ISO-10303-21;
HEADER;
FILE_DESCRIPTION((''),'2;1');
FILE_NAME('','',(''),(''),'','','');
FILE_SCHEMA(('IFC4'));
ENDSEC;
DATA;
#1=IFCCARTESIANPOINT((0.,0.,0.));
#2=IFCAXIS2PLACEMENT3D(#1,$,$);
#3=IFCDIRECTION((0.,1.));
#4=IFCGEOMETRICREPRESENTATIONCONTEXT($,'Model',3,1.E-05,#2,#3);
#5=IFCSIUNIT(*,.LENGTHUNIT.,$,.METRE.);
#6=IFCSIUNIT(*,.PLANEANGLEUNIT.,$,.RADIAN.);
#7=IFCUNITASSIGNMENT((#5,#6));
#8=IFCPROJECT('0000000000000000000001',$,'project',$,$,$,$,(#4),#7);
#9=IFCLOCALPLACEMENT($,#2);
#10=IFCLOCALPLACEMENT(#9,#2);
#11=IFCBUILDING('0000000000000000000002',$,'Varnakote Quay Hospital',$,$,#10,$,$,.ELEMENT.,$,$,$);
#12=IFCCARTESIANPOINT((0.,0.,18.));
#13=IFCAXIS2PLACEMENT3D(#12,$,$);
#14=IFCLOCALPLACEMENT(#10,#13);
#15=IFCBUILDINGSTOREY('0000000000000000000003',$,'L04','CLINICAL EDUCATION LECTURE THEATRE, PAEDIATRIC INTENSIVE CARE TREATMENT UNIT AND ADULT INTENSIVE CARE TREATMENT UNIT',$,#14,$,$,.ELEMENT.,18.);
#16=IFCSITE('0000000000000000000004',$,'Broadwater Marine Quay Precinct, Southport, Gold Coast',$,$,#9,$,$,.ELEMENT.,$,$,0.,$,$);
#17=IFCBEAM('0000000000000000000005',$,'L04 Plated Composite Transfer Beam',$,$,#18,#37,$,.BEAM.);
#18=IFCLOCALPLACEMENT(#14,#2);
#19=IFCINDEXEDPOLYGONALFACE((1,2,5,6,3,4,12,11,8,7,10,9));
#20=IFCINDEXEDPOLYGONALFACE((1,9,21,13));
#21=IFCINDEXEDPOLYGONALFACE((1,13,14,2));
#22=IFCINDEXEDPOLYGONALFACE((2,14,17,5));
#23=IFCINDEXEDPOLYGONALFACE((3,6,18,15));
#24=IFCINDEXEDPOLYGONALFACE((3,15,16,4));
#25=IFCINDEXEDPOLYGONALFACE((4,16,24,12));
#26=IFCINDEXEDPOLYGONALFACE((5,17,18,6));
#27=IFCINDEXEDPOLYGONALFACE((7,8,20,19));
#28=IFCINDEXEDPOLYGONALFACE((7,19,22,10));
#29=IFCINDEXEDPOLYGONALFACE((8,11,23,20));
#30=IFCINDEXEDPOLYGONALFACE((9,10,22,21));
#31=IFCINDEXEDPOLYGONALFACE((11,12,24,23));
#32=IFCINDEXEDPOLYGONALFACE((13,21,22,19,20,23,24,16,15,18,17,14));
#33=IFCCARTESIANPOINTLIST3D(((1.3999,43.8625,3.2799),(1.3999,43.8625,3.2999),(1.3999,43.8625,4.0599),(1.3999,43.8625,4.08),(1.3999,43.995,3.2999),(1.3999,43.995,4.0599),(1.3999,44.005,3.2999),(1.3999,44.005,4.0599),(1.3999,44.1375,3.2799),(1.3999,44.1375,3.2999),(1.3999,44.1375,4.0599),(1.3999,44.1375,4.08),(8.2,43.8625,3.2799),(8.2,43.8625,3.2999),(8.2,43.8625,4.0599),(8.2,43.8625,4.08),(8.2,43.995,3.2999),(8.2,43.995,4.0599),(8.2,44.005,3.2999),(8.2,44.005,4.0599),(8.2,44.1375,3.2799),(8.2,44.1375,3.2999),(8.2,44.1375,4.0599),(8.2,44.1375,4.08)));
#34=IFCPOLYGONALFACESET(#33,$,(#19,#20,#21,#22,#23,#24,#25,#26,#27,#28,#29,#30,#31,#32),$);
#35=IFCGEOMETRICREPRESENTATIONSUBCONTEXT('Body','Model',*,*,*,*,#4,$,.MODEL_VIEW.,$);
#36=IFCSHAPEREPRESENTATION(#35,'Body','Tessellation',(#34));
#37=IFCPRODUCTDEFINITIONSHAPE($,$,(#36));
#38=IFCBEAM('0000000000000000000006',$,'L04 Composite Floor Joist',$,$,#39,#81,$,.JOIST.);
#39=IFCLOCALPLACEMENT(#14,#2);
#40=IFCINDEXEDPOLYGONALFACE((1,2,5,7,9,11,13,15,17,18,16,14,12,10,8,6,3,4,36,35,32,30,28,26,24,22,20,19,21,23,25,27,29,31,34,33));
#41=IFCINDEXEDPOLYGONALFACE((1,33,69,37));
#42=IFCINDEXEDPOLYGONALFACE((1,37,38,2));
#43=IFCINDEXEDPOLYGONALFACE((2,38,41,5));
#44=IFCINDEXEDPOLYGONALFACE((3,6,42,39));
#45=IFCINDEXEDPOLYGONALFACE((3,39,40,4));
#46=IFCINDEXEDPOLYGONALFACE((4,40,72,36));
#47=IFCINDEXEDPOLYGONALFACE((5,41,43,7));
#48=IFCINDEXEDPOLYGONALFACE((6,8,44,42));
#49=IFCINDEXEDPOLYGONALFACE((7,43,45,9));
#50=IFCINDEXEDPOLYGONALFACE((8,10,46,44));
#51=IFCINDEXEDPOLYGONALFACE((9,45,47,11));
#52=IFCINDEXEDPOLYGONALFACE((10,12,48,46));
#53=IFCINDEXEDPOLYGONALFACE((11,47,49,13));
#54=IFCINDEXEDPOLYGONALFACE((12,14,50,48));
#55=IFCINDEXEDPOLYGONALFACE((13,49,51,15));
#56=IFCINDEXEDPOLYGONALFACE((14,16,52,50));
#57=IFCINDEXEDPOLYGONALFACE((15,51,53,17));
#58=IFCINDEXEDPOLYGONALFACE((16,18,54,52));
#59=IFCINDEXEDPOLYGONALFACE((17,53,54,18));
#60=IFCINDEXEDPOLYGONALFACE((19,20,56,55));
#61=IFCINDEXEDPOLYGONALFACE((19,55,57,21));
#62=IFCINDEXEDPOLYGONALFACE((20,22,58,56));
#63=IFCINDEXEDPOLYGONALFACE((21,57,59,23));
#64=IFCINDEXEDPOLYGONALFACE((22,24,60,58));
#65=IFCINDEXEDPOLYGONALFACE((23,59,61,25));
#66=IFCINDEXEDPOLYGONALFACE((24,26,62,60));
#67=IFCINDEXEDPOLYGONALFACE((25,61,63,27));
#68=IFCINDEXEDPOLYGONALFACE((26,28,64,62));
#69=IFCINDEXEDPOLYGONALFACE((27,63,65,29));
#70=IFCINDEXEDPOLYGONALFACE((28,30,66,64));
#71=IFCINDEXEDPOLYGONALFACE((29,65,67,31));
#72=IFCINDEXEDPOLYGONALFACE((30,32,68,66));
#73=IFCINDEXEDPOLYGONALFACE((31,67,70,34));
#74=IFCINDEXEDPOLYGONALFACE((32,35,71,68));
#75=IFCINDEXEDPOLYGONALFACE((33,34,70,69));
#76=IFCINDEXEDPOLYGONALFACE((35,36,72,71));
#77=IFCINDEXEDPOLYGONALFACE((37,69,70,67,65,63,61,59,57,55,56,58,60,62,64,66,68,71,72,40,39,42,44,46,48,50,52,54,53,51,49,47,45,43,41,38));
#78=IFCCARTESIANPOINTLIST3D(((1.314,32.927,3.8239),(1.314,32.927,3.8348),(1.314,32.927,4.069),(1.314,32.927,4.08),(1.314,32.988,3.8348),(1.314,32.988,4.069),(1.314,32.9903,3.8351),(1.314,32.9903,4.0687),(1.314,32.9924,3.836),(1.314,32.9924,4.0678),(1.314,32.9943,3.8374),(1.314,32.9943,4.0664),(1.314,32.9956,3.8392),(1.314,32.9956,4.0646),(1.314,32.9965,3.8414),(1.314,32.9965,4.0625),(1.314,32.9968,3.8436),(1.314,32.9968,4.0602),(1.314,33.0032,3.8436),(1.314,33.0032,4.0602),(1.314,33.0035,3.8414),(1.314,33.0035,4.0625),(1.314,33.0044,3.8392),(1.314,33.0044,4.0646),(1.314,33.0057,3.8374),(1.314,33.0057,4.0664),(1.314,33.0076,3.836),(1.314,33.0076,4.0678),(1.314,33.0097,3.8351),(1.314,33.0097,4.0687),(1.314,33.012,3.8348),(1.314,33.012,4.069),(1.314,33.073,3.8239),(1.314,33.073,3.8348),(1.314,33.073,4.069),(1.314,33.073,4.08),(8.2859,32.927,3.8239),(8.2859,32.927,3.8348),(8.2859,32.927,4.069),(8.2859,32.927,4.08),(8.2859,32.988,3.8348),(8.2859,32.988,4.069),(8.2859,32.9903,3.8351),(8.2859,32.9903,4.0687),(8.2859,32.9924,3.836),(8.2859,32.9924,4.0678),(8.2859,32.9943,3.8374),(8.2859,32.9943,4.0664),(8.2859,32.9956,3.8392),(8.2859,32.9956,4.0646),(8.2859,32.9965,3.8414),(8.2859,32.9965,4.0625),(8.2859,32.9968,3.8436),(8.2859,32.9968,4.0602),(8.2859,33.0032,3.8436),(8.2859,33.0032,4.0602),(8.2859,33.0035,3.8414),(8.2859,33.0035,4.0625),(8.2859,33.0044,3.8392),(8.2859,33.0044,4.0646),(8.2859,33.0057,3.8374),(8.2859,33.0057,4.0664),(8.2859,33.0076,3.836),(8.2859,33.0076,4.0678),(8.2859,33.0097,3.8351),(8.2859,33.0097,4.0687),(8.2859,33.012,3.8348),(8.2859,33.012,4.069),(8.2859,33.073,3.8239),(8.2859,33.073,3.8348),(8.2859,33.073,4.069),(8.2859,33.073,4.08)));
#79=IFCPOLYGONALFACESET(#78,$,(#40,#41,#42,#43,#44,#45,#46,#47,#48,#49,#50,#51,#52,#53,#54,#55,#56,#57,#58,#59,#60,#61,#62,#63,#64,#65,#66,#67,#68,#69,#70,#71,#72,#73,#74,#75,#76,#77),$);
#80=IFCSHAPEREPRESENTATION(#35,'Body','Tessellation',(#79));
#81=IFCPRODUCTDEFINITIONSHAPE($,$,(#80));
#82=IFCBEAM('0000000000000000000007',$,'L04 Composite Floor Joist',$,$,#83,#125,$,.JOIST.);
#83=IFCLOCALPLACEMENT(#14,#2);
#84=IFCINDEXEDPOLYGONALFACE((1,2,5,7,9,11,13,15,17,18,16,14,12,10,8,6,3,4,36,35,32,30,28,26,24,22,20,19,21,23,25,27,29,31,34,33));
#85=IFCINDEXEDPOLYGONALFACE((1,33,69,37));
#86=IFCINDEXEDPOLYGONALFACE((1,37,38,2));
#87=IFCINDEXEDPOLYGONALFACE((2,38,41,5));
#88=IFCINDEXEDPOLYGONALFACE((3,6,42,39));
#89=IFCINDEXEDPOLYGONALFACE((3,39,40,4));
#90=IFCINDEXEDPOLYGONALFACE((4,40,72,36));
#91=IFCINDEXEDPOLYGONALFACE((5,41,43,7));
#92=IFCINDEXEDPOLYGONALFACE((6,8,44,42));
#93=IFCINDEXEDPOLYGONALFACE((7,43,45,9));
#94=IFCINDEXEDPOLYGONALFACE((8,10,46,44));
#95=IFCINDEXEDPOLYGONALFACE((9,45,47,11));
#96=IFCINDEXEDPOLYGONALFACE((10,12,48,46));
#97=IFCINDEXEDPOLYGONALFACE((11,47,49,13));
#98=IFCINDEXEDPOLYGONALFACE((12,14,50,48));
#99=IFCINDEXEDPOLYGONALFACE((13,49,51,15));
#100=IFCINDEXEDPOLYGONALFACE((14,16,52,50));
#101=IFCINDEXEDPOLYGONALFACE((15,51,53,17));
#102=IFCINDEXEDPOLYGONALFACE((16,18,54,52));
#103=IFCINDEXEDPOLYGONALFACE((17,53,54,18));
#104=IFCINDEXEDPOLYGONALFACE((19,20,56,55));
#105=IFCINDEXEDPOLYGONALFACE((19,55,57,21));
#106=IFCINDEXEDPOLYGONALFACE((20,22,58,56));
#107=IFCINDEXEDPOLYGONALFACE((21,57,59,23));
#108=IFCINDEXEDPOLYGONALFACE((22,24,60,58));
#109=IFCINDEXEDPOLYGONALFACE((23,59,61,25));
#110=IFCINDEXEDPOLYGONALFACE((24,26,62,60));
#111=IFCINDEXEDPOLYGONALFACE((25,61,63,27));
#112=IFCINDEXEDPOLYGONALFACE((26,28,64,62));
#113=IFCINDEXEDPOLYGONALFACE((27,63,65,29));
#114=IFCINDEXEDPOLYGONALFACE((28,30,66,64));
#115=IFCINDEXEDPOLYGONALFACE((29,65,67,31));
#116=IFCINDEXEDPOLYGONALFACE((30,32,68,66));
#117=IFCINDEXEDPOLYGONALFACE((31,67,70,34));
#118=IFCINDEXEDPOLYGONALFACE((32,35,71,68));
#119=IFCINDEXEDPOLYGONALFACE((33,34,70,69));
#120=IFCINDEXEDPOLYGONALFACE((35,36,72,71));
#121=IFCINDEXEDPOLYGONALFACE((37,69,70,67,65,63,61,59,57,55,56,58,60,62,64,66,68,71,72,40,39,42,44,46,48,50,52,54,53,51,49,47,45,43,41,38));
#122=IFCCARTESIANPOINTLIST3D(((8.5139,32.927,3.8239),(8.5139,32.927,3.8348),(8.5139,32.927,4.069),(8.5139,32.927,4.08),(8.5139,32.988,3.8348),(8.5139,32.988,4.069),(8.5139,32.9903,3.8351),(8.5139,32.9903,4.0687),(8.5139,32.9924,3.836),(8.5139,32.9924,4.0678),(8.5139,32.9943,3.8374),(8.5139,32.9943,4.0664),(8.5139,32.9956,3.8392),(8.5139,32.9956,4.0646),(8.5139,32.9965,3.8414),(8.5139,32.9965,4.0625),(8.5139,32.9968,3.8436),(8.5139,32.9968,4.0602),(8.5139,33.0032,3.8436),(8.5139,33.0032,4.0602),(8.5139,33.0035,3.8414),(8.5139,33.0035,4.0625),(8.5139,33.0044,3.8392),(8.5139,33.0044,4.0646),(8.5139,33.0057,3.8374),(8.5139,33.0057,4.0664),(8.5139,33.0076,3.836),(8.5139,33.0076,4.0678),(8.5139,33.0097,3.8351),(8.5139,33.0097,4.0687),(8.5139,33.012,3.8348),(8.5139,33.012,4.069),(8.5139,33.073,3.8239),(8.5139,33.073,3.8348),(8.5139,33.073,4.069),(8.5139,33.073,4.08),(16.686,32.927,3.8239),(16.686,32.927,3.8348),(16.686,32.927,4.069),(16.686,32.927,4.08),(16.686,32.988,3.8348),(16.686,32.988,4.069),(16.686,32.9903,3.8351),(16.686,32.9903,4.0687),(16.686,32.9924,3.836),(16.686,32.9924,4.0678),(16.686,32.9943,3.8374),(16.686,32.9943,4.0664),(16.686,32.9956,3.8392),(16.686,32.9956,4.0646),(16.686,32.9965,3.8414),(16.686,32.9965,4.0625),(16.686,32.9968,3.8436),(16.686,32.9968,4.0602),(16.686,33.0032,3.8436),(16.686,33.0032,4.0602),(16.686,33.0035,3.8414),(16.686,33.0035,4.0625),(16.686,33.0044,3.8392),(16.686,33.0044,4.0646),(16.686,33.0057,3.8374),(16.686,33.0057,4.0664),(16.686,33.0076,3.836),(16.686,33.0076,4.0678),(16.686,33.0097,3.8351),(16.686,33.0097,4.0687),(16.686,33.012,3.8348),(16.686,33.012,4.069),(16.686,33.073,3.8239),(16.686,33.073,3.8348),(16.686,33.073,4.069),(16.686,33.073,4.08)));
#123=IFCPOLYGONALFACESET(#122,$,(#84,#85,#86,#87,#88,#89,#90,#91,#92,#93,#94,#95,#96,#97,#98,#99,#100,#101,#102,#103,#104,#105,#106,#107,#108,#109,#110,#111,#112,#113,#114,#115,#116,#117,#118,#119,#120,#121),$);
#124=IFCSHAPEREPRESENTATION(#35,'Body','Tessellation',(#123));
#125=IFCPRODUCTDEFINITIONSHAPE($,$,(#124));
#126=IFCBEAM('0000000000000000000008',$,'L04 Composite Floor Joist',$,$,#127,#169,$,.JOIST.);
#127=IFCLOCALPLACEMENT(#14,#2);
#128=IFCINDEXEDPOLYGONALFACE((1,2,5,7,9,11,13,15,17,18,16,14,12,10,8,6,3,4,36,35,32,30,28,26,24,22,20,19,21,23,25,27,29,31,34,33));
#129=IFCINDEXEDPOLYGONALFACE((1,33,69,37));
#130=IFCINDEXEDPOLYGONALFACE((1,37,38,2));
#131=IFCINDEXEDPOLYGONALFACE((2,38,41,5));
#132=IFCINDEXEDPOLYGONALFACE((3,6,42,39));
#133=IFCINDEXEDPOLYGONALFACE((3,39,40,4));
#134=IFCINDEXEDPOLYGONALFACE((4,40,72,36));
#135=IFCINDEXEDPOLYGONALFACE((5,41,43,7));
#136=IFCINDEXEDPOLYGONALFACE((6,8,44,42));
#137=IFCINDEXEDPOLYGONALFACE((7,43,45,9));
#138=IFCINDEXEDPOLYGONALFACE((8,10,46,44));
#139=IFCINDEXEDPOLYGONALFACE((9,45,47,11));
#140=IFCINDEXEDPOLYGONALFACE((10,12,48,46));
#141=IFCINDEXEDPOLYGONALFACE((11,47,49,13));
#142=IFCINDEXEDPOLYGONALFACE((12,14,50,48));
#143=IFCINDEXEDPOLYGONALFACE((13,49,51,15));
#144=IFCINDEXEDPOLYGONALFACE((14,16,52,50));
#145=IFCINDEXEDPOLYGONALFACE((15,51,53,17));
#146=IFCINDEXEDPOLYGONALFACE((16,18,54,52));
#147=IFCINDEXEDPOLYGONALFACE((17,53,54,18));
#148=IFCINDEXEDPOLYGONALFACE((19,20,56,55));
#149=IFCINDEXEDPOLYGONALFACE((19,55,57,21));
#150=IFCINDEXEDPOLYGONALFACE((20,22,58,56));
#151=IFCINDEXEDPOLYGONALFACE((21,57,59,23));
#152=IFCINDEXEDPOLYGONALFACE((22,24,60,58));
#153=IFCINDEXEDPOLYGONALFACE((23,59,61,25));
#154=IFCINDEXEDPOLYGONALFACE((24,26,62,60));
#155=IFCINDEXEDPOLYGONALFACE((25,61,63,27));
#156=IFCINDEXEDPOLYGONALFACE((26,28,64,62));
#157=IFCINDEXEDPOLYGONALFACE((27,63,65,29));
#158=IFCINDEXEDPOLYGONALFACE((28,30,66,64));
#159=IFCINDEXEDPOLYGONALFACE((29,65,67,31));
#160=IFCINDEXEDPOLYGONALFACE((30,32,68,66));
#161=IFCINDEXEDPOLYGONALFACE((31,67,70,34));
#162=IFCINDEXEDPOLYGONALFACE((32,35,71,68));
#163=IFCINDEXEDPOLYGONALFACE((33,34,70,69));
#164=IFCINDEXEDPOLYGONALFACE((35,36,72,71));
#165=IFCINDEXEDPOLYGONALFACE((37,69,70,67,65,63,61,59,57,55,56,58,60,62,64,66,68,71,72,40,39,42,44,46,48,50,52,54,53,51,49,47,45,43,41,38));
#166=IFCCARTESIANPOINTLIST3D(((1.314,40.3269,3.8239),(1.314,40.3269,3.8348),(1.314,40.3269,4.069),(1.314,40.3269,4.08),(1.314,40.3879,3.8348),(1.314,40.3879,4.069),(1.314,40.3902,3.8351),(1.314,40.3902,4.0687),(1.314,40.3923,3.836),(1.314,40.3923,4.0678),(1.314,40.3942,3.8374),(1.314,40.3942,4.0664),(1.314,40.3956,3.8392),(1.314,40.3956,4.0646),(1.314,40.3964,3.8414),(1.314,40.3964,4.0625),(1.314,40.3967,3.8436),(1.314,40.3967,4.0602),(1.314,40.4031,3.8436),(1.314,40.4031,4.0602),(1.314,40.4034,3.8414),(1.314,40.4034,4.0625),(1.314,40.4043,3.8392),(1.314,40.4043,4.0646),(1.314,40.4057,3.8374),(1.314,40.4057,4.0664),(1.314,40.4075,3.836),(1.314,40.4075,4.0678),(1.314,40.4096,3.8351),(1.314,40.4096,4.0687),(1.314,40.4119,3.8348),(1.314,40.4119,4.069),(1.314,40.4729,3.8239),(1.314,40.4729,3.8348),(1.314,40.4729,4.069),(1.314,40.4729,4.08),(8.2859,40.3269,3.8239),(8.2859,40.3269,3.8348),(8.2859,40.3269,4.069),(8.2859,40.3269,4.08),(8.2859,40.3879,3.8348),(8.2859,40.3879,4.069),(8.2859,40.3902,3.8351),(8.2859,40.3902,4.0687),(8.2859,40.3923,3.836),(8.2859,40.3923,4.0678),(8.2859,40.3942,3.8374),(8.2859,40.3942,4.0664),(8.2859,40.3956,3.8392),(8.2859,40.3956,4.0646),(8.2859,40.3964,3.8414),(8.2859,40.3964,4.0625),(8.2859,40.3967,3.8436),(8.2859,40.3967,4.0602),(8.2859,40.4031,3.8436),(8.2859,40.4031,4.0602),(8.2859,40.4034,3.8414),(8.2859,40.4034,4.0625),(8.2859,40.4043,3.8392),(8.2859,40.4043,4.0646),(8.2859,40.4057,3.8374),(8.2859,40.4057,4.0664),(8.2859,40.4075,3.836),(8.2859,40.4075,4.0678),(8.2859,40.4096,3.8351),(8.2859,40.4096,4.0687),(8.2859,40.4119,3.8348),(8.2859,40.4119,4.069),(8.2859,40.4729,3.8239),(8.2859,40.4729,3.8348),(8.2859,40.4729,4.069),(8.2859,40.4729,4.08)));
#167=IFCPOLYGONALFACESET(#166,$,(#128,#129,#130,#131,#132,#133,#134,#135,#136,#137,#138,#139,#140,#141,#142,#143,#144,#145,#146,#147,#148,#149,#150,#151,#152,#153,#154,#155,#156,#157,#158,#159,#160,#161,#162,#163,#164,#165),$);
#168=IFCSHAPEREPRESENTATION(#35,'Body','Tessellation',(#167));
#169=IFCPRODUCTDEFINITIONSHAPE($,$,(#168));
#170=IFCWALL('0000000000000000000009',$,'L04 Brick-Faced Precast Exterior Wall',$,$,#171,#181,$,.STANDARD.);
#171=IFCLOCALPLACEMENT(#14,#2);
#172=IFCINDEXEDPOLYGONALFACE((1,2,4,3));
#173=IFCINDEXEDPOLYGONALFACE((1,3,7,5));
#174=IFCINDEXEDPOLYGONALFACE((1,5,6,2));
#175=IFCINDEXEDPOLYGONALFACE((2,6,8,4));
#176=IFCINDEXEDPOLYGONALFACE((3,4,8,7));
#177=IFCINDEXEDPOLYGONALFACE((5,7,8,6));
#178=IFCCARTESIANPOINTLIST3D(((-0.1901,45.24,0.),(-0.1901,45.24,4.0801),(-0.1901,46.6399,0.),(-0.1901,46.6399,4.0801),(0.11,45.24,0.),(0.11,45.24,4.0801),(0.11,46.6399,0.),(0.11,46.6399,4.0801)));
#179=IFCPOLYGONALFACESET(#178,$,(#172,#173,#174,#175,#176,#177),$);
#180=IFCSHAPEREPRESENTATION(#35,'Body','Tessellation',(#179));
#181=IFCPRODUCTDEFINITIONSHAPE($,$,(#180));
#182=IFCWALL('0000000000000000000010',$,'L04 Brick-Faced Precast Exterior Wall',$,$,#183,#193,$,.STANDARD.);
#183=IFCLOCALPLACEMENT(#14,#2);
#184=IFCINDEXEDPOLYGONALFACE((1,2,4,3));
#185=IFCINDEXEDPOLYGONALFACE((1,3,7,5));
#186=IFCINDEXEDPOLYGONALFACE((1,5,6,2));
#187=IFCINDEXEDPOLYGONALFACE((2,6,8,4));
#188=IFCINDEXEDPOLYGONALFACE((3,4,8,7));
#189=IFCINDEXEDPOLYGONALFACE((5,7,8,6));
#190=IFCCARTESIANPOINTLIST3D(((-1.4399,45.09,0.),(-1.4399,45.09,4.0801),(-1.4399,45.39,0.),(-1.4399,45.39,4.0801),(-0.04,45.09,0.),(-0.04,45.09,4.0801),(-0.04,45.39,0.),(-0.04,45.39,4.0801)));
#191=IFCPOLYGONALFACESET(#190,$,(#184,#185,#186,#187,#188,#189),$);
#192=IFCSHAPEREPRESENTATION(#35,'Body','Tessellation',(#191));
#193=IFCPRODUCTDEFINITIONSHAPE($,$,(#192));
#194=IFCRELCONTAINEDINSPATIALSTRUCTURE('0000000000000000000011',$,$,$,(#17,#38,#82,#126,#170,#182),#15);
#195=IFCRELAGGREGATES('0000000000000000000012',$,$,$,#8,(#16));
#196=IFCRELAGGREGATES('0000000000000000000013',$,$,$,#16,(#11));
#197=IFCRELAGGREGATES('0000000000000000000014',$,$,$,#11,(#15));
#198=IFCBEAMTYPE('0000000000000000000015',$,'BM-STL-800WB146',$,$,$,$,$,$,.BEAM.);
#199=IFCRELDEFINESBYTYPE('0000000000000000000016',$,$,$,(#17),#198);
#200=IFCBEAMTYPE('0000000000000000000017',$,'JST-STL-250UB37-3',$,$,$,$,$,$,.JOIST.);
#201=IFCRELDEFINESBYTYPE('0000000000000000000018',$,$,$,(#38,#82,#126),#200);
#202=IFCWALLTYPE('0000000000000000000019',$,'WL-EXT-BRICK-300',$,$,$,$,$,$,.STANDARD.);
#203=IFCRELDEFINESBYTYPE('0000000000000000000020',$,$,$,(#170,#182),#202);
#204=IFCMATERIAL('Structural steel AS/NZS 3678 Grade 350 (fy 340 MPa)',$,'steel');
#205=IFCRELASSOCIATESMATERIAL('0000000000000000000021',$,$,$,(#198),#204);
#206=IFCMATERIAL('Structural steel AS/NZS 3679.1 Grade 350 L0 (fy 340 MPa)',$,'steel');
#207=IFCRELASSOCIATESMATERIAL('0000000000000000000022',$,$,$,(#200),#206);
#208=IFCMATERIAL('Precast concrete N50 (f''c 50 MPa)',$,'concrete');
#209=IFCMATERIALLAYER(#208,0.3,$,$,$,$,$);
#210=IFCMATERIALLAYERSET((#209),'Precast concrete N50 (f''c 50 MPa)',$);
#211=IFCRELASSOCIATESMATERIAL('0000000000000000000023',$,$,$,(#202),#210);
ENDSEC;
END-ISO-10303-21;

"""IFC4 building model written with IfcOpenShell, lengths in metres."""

from ifc_helpers import new_model, si_unit, direction, frame, frame_2d, origin, origin_2d, place, context, subcontext, project, spatial, rectangle, i_section, extrude, material, layer, layer_set, material_profile, profile_set, type_object, element, save


model = new_model("IFC4")

# Units and contexts
model_context = context("Model", 3, precision=1e-05, world=origin(), true_north=direction((0.0, 1.0)))
body_context = subcontext(model_context, "Body", "Model", "MODEL_VIEW")
ifc_project = project(units=[si_unit("LENGTHUNIT", "METRE"), si_unit("PLANEANGLEUNIT", "RADIAN")], contexts=[model_context])

# Site, building, storey
site_placement = place(None, origin())
site = spatial("IfcSite", under=ifc_project, at=site_placement, Name="Broadwater Marine Quay Precinct, Southport, Gold Coast", CompositionType="ELEMENT", RefElevation=0.0)
building_placement = place(site_placement, origin())
building = spatial("IfcBuilding", under=site, at=building_placement, Name="Varnakote Quay Hospital", CompositionType="ELEMENT")
storey_placement = place(building_placement, frame((0.0, 0.0, 18.0)))
storey = spatial("IfcBuildingStorey", under=building, at=storey_placement, Name="L04", Description="CLINICAL EDUCATION LECTURE THEATRE, PAEDIATRIC INTENSIVE CARE TREATMENT UNIT AND ADULT INTENSIVE CARE TREATMENT UNIT", CompositionType="ELEMENT", Elevation=18.0)

# Beams
ifc_material_1 = material(Name="Structural steel AS/NZS 3678 Grade 350 (fy 340 MPa)", Category="steel")
ifc_material_profile_1 = material_profile(ifc_material_1, i_section(OverallWidth=0.2749, OverallDepth=0.8, WebThickness=0.01, FlangeThickness=0.02, at=origin_2d()), Name="800WB146")
ifc_profile_set_1 = profile_set([ifc_material_profile_1], Name="Structural steel AS/NZS 3678 Grade 350 (fy 340 MPa)")
beam_type_1 = type_object("IfcBeamType", Name="BM-STL-800WB146", PredefinedType="BEAM", material=ifc_profile_set_1)
for number, where, z_axis, x_axis, name in (
    (1, (1.3999, 44.0, 3.6799), (1.0, 0.0, 0.0), (0.0, 1.0, 0.0), "L04 Plated Composite Transfer Beam"),
):
    element("IfcBeam", number, at=place(storey_placement, frame(where, z_axis=z_axis, x_axis=x_axis)), inside=storey, type_object=beam_type_1, Name=name, PredefinedType="BEAM", context=body_context, shape_type="SweptSolid", body=[
        extrude(i_section(OverallWidth=0.2749, OverallDepth=0.8, WebThickness=0.01, FlangeThickness=0.02, at=origin_2d()), origin(), (0.0, 0.0, 1.0), 6.8),
    ])
ifc_material_2 = material(Name="Structural steel AS/NZS 3679.1 Grade 350 L0 (fy 340 MPa)", Category="steel")
ifc_material_profile_2 = material_profile(ifc_material_2, i_section(OverallWidth=0.146, OverallDepth=0.2561, WebThickness=0.0063, FlangeThickness=0.011, FilletRadius=0.0088, at=origin_2d()), Name="250UB37.3")
ifc_profile_set_2 = profile_set([ifc_material_profile_2], Name="Structural steel AS/NZS 3679.1 Grade 350 L0 (fy 340 MPa)")
beam_type_2 = type_object("IfcBeamType", Name="JST-STL-250UB37-3", PredefinedType="JOIST", material=ifc_profile_set_2)
beam_1_placement = place(storey_placement, frame((1.314, 33.0, 3.9519), z_axis=(1.0, 0.0, 0.0), x_axis=(0.0, 1.0, 0.0)))
element("IfcBeam", 2, at=beam_1_placement, inside=storey, type_object=beam_type_2, Name="L04 Composite Floor Joist", PredefinedType="JOIST", context=body_context, shape_type="SweptSolid", body=[
    extrude(i_section(OverallWidth=0.146, OverallDepth=0.2561, WebThickness=0.0063, FlangeThickness=0.011, FilletRadius=0.0088, at=origin_2d()), origin(), (0.0, 0.0, 1.0), 6.9719),
])
beam_2_placement = place(storey_placement, frame((8.5139, 33.0, 3.9519), z_axis=(1.0, 0.0, 0.0), x_axis=(0.0, 1.0, 0.0)))
element("IfcBeam", 3, at=beam_2_placement, inside=storey, type_object=beam_type_2, Name="L04 Composite Floor Joist", PredefinedType="JOIST", context=body_context, shape_type="SweptSolid", body=[
    extrude(i_section(OverallWidth=0.146, OverallDepth=0.2561, WebThickness=0.0063, FlangeThickness=0.011, FilletRadius=0.0088, at=origin_2d()), origin(), (0.0, 0.0, 1.0), 8.1721),
])
beam_3_placement = place(storey_placement, frame((1.314, 40.3999, 3.9519), z_axis=(1.0, 0.0, 0.0), x_axis=(0.0, 1.0, 0.0)))
element("IfcBeam", 4, at=beam_3_placement, inside=storey, type_object=beam_type_2, Name="L04 Composite Floor Joist", PredefinedType="JOIST", context=body_context, shape_type="SweptSolid", body=[
    extrude(i_section(OverallWidth=0.146, OverallDepth=0.2561, WebThickness=0.0063, FlangeThickness=0.011, FilletRadius=0.0088, at=origin_2d()), origin(), (0.0, 0.0, 1.0), 6.9719),
])

# Walls
ifc_material_3 = material(Name="Precast concrete N50 (f'c 50 MPa)", Category="concrete")
ifc_layer = layer(ifc_material_3, 0.3)
ifc_layer_set = layer_set([ifc_layer], Name="Precast concrete N50 (f'c 50 MPa)")
wall_type = type_object("IfcWallType", Name="WL-EXT-BRICK-300", PredefinedType="STANDARD", material=ifc_layer_set)
for number, where, z_axis, x_axis, name in (
    (5, (-0.04, 46.6399, 0.0), (0.0, 0.0, 1.0), (0.0, -1.0, 0.0), "L04 Brick-Faced Precast Exterior Wall"),
    (6, (-0.04, 45.24, 0.0), (0.0, 0.0, 1.0), (-1.0, 0.0, 0.0), "L04 Brick-Faced Precast Exterior Wall"),
):
    element("IfcWall", number, at=place(storey_placement, frame(where, z_axis=z_axis, x_axis=x_axis)), inside=storey, type_object=wall_type, Name=name, PredefinedType="STANDARD", context=body_context, shape_type="SweptSolid", body=[
        extrude(rectangle(XDim=1.3999, YDim=0.3, at=frame_2d((0.7, 0.0))), origin(), (0.0, 0.0, 1.0), 4.0801),
    ])

save(model, "model.ifc")
